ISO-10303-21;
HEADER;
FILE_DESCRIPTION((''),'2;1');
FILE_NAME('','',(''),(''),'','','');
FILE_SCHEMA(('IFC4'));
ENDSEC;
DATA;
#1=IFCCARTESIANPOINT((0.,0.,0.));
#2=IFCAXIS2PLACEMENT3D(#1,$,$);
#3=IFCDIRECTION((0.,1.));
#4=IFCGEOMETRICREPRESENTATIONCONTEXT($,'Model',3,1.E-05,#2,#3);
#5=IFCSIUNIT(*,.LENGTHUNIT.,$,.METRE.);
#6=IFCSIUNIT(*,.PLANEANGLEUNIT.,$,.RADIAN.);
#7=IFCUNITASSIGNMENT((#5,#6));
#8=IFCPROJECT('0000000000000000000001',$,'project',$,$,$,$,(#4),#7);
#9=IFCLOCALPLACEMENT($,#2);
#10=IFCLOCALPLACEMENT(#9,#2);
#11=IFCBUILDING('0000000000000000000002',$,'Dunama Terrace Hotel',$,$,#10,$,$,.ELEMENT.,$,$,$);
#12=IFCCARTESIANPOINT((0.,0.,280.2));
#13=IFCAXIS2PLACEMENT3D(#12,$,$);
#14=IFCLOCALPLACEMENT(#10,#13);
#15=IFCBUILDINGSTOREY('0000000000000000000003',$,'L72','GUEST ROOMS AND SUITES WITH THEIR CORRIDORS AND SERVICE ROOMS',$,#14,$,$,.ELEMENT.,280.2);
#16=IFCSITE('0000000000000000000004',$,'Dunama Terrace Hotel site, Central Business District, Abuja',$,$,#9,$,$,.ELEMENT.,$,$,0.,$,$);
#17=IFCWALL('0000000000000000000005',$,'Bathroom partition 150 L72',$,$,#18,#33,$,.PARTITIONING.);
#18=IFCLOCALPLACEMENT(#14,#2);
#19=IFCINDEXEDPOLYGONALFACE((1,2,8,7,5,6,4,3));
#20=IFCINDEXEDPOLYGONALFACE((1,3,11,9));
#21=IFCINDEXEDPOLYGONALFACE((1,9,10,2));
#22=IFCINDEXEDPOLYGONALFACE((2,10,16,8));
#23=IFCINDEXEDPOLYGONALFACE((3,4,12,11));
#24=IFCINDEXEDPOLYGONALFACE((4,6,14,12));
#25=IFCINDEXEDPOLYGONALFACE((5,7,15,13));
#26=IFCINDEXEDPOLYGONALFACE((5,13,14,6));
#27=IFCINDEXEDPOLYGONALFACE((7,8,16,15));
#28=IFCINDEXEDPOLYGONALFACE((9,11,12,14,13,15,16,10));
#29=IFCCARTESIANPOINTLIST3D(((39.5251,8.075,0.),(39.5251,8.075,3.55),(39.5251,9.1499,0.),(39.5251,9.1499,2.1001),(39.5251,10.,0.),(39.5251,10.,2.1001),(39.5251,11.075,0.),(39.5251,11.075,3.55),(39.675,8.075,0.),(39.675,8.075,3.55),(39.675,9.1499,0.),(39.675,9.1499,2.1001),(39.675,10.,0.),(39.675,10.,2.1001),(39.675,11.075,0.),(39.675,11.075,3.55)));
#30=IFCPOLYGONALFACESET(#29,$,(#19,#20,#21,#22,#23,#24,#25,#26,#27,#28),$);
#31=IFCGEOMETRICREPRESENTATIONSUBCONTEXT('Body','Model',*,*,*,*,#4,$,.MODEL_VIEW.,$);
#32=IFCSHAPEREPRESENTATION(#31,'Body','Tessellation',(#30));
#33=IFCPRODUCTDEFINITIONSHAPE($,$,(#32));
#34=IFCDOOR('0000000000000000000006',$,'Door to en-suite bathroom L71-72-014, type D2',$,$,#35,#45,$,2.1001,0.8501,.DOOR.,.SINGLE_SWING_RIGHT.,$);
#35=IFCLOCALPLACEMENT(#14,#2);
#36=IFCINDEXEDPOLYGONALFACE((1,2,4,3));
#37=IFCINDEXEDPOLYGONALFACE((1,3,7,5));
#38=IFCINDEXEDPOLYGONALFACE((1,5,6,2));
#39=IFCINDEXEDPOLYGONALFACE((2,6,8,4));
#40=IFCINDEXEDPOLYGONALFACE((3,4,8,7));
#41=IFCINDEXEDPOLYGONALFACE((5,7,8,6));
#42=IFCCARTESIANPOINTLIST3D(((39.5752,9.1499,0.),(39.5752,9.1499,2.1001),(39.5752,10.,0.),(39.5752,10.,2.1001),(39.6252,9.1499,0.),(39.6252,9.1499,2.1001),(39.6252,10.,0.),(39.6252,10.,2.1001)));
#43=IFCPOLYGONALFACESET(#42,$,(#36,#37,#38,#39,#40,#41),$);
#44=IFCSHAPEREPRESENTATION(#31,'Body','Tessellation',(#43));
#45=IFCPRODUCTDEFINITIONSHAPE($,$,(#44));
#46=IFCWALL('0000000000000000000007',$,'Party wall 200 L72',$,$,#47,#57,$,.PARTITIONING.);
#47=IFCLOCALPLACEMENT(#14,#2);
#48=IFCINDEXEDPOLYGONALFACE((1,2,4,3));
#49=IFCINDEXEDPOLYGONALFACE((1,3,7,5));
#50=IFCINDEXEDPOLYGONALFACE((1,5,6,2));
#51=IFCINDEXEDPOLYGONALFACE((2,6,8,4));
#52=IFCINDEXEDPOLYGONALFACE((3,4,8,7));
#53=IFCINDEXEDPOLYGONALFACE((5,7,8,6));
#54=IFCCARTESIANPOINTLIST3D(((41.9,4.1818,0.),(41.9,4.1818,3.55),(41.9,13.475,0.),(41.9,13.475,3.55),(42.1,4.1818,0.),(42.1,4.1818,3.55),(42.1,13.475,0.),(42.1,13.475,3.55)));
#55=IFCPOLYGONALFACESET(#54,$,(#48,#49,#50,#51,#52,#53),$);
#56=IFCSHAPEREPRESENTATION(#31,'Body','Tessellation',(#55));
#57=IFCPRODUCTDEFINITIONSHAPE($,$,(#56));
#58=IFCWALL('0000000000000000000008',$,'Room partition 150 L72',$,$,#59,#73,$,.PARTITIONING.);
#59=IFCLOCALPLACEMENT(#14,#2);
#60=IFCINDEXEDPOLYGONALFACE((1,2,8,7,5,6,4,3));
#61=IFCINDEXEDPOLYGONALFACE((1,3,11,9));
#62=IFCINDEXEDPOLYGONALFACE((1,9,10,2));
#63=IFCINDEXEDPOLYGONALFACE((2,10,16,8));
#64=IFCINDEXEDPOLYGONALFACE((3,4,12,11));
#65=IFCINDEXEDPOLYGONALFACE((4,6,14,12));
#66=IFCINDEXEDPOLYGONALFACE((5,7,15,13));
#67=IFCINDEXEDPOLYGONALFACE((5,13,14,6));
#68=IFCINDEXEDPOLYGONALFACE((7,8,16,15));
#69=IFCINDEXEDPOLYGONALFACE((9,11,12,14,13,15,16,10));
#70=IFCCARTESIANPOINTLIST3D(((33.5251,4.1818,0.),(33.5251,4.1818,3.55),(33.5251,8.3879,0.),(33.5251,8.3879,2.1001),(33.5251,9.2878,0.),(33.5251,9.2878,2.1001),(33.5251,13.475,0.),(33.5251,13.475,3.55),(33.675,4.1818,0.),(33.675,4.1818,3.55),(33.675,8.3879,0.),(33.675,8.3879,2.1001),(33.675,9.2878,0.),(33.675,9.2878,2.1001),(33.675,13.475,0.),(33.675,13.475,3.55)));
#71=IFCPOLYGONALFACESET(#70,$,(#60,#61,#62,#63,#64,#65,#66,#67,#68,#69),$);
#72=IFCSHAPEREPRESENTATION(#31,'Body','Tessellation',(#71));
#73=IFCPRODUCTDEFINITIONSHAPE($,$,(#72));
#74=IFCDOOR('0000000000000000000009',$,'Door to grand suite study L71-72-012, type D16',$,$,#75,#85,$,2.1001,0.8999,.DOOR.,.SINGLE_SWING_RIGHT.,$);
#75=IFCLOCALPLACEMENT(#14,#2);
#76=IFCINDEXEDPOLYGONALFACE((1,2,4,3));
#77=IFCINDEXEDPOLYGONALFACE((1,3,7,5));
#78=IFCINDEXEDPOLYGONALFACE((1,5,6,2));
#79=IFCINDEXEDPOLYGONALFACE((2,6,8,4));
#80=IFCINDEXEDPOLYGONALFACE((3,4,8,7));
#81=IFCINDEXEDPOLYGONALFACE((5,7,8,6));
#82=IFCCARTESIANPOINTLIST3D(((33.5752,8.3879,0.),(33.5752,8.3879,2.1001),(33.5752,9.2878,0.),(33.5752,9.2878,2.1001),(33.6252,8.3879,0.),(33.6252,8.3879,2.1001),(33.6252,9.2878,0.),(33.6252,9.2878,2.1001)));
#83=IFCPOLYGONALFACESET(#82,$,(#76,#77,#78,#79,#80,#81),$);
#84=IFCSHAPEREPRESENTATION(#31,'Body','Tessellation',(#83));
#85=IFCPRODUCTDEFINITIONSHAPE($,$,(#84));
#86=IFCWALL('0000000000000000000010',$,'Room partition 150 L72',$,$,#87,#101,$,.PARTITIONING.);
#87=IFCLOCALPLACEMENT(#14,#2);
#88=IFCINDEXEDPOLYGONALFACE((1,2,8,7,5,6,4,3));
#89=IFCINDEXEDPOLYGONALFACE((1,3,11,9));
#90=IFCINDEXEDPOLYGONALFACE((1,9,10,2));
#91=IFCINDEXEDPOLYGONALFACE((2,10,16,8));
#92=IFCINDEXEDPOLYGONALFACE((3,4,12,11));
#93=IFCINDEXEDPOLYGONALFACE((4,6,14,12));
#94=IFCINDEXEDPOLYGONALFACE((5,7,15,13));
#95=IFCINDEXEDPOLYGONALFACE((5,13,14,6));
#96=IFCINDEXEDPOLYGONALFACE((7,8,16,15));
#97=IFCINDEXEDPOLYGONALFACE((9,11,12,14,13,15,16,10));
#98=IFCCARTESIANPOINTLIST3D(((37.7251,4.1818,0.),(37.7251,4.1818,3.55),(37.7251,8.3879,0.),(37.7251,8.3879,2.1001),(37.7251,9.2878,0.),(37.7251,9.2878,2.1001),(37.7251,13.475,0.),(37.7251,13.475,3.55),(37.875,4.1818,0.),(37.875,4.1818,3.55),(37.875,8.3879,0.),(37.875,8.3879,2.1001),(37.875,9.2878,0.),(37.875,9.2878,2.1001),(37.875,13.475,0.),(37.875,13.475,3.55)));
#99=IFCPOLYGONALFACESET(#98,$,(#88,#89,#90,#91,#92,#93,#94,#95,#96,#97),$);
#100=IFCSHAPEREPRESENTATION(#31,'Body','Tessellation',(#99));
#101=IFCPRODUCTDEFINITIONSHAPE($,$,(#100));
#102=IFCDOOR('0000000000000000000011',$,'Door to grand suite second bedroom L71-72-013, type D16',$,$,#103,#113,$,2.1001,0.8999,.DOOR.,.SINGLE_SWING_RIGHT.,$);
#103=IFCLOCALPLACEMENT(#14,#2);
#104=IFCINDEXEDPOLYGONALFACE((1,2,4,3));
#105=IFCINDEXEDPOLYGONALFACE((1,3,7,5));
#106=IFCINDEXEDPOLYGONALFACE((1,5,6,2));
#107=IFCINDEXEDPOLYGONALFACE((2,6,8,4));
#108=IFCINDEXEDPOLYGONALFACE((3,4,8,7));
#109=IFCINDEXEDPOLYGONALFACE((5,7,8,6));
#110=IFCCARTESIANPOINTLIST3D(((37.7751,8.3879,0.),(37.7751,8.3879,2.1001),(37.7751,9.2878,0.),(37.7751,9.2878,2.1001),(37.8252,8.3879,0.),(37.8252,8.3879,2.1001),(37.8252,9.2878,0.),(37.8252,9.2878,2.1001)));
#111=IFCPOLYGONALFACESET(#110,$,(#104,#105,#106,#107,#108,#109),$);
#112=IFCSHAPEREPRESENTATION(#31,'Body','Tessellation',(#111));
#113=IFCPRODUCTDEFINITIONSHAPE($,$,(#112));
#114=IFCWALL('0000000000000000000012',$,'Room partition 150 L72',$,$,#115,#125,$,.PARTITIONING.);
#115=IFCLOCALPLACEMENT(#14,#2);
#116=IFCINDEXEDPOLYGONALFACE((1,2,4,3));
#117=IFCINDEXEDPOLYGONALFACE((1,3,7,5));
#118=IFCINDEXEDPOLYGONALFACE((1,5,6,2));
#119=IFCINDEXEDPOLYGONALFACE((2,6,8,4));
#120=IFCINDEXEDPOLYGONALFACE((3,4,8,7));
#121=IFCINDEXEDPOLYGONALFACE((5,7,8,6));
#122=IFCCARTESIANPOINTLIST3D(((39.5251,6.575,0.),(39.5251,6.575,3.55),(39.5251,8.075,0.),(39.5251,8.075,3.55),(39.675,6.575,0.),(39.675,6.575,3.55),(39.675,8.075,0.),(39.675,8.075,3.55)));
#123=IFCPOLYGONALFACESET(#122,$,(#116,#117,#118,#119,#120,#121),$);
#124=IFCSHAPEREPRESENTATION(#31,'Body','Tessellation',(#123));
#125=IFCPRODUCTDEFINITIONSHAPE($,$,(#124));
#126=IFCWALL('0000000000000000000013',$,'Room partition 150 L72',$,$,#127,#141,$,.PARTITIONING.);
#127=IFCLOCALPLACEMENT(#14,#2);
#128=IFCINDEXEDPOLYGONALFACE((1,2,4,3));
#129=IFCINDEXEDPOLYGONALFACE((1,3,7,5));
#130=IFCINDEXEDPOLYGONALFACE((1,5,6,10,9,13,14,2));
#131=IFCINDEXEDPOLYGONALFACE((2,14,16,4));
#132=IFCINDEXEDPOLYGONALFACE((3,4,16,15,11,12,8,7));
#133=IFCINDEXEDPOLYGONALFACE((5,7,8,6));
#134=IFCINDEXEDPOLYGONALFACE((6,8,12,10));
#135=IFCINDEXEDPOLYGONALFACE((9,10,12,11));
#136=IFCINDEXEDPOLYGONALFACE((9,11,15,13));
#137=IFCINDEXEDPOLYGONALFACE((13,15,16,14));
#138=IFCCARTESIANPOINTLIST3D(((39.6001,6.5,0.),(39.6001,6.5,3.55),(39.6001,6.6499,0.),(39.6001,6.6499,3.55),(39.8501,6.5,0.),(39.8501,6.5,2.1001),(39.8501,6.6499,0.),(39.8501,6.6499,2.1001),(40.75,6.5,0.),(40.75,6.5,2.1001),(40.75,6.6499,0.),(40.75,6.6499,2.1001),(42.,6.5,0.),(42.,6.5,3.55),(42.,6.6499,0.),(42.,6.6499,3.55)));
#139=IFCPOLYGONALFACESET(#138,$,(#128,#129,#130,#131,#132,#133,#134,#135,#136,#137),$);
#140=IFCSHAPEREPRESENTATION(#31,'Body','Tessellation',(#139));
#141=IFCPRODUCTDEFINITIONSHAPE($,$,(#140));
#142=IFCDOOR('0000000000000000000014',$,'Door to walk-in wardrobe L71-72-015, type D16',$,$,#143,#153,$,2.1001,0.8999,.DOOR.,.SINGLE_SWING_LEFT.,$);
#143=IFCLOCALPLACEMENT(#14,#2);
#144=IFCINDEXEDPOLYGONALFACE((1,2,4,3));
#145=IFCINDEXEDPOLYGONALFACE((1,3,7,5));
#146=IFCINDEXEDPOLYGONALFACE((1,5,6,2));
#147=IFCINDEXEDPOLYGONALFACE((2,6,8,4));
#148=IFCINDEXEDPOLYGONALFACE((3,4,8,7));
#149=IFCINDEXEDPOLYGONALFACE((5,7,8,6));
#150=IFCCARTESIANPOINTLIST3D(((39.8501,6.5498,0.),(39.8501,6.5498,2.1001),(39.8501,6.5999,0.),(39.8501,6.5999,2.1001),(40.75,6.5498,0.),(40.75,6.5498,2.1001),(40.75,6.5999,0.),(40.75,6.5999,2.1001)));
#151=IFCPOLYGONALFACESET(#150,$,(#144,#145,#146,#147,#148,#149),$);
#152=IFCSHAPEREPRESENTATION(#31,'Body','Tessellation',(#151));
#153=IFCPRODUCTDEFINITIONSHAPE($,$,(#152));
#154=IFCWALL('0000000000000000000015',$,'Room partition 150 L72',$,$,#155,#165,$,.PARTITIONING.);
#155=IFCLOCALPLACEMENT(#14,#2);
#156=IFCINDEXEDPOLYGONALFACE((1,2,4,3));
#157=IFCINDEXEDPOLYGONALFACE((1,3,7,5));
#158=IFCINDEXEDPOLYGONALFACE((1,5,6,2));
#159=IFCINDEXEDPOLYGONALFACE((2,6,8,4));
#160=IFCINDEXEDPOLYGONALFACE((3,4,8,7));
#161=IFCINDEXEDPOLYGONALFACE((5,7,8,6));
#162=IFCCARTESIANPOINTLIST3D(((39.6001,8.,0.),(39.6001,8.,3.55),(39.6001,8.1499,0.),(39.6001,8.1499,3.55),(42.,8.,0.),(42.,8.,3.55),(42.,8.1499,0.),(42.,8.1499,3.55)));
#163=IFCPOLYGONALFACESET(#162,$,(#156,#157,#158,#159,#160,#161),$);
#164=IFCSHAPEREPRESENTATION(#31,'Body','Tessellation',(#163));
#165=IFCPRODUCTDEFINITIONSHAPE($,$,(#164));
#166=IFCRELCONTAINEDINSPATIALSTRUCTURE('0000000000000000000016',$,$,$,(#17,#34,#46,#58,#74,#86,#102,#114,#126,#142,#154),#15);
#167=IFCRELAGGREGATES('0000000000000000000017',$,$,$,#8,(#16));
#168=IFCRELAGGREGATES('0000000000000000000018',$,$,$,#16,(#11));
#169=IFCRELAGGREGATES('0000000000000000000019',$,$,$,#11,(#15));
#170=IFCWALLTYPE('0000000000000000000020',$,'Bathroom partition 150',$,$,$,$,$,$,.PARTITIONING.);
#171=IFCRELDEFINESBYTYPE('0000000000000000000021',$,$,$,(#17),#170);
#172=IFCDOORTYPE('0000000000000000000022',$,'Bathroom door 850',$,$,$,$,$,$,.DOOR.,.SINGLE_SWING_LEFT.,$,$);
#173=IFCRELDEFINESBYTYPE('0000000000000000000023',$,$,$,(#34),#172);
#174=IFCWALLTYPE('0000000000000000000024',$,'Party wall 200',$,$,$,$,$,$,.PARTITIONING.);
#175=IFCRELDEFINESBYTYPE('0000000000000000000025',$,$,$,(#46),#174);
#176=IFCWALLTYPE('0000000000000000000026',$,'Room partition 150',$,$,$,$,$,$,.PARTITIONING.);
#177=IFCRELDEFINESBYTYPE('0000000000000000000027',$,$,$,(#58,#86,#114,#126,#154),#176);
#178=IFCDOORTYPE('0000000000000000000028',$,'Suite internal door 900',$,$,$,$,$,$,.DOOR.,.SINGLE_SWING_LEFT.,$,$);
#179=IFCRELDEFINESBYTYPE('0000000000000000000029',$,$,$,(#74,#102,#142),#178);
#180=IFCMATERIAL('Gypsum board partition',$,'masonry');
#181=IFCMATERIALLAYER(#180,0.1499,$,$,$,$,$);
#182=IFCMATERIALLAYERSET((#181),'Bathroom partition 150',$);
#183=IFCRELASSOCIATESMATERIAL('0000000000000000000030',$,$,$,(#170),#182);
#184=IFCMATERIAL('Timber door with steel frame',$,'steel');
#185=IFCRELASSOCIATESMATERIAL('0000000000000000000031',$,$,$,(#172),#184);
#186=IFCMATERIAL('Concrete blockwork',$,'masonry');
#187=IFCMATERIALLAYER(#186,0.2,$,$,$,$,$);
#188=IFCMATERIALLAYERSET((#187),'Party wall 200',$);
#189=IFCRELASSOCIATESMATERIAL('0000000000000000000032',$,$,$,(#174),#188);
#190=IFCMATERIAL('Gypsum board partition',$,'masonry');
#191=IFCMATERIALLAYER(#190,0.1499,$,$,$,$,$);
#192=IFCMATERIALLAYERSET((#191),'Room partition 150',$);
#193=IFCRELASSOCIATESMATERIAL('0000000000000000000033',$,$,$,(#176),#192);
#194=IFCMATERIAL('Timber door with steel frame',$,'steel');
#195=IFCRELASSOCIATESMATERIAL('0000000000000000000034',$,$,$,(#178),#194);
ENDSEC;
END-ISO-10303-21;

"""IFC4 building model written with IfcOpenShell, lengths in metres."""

from ifc_helpers import new_model, si_unit, direction, frame, frame_2d, origin, place, context, subcontext, project, spatial, rectangle, extrude, material, layer, layer_set, type_object, element, fill, save


model = new_model("IFC4")

# Units and contexts
model_context = context("Model", 3, precision=1e-05, world=origin(), true_north=direction((0.0, 1.0)))
body_context = subcontext(model_context, "Body", "Model", "MODEL_VIEW")
ifc_project = project(units=[si_unit("LENGTHUNIT", "METRE"), si_unit("PLANEANGLEUNIT", "RADIAN")], contexts=[model_context])

# Site, building, storey
site_placement = place(None, origin())
site = spatial("IfcSite", under=ifc_project, at=site_placement, Name="Dunama Terrace Hotel site, Central Business District, Abuja", CompositionType="ELEMENT", RefElevation=0.0)
building_placement = place(site_placement, origin())
building = spatial("IfcBuilding", under=site, at=building_placement, Name="Dunama Terrace Hotel", CompositionType="ELEMENT")
storey_placement = place(building_placement, frame((0.0, 0.0, 280.2)))
storey = spatial("IfcBuildingStorey", under=building, at=storey_placement, Name="L72", Description="GUEST ROOMS AND SUITES WITH THEIR CORRIDORS AND SERVICE ROOMS", CompositionType="ELEMENT", Elevation=280.2)

# Wall, opening, door
ifc_material_1 = material(Name="Gypsum board partition", Category="masonry")
ifc_layer_1 = layer(ifc_material_1, 0.1499)
ifc_layer_set_1 = layer_set([ifc_layer_1], Name="Bathroom partition 150")
wall_type_1 = type_object("IfcWallType", Name="Bathroom partition 150", PredefinedType="PARTITIONING", material=ifc_layer_set_1)
wall_1_placement = place(storey_placement, frame((39.6001, 8.075, 0.0), z_axis=(0.0, 0.0, 1.0), x_axis=(0.0, 1.0, 0.0)))
wall_1 = element("IfcWall", 1, at=wall_1_placement, inside=storey, type_object=wall_type_1, Name="Bathroom partition 150 L72", PredefinedType="PARTITIONING", context=body_context, shape_type="SweptSolid", body=[
    extrude(rectangle(XDim=3.0, YDim=0.1499, at=frame_2d((1.5, 0.0))), origin(), (0.0, 0.0, 1.0), 3.55),
])
opening_1_placement = place(wall_1_placement, frame((1.075, 0.0, 0.0)))
opening_1 = element("IfcOpeningElement", 2, at=opening_1_placement, cuts=wall_1, PredefinedType="OPENING", context=body_context, shape_type="SweptSolid", body=[
    extrude(rectangle(XDim=0.8501, YDim=2.1001, at=frame_2d((0.425, 1.05))), frame((0.0, 0.085, 0.0), z_axis=(0.0, -1.0, 0.0), x_axis=(1.0, 0.0, 0.0)), (0.0, 0.0, 1.0), 0.1699),
])
ifc_material_2 = material(Name="Timber door with steel frame", Category="steel")
door_type_1 = type_object("IfcDoorType", Name="Bathroom door 850", OperationType="SINGLE_SWING_LEFT", PredefinedType="DOOR", material=ifc_material_2)
door_1_placement = place(opening_1_placement, frame((0.8501, 0.0, 0.0), z_axis=(0.0, 0.0, 1.0), x_axis=(-1.0, 0.0, 0.0)))
door_1 = element("IfcDoor", 3, at=door_1_placement, inside=storey, type_object=door_type_1, Name="Door to en-suite bathroom L71-72-014, type D2", OperationType="SINGLE_SWING_RIGHT", OverallHeight=2.1001, OverallWidth=0.8501, PredefinedType="DOOR", context=body_context, shape_type="SweptSolid", body=[
    extrude(rectangle(XDim=0.8501, YDim=2.1001, at=frame_2d((0.425, 1.05))), frame((0.0, 0.0251, 0.0), z_axis=(0.0, -1.0, 0.0), x_axis=(1.0, 0.0, 0.0)), (0.0, 0.0, 1.0), 0.05),
])
fill(opening_1, door_1)

# Wall
ifc_material_3 = material(Name="Concrete blockwork", Category="masonry")
ifc_layer_2 = layer(ifc_material_3, 0.2)
ifc_layer_set_2 = layer_set([ifc_layer_2], Name="Party wall 200")
wall_type_2 = type_object("IfcWallType", Name="Party wall 200", PredefinedType="PARTITIONING", material=ifc_layer_set_2)
wall_2_placement = place(storey_placement, frame((42.0, 4.1819, 0.0), z_axis=(0.0, 0.0, 1.0), x_axis=(0.0, 1.0, 0.0)))
element("IfcWall", 4, at=wall_2_placement, inside=storey, type_object=wall_type_2, Name="Party wall 200 L72", PredefinedType="PARTITIONING", context=body_context, shape_type="SweptSolid", body=[
    extrude(rectangle(XDim=9.2932, YDim=0.2, at=frame_2d((4.6465, 0.0))), origin(), (0.0, 0.0, 1.0), 3.55),
])

# Walls, openings, doors
ifc_material_4 = material(Name="Gypsum board partition", Category="masonry")
ifc_layer_3 = layer(ifc_material_4, 0.1499)
ifc_layer_set_3 = layer_set([ifc_layer_3], Name="Room partition 150")
wall_type_3 = type_object("IfcWallType", Name="Room partition 150", PredefinedType="PARTITIONING", material=ifc_layer_set_3)
wall_3_placement = place(storey_placement, frame((33.6001, 4.1819, 0.0), z_axis=(0.0, 0.0, 1.0), x_axis=(0.0, 1.0, 0.0)))
wall_3 = element("IfcWall", 5, at=wall_3_placement, inside=storey, type_object=wall_type_3, Name="Room partition 150 L72", PredefinedType="PARTITIONING", context=body_context, shape_type="SweptSolid", body=[
    extrude(rectangle(XDim=9.2932, YDim=0.1499, at=frame_2d((4.6465, 0.0))), origin(), (0.0, 0.0, 1.0), 3.55),
])
opening_2_placement = place(wall_3_placement, frame((4.2061, 0.0, 0.0)))
opening_2 = element("IfcOpeningElement", 6, at=opening_2_placement, cuts=wall_3, PredefinedType="OPENING", context=body_context, shape_type="SweptSolid", body=[
    extrude(rectangle(XDim=0.8999, YDim=2.1001, at=frame_2d((0.45, 1.05))), frame((0.0, 0.085, 0.0), z_axis=(0.0, -1.0, 0.0), x_axis=(1.0, 0.0, 0.0)), (0.0, 0.0, 1.0), 0.1699),
])
ifc_material_5 = material(Name="Timber door with steel frame", Category="steel")
door_type_2 = type_object("IfcDoorType", Name="Suite internal door 900", OperationType="SINGLE_SWING_LEFT", PredefinedType="DOOR", material=ifc_material_5)
door_2_placement = place(opening_2_placement, origin())
door_2 = element("IfcDoor", 7, at=door_2_placement, inside=storey, type_object=door_type_2, Name="Door to grand suite study L71-72-012, type D16", OperationType="SINGLE_SWING_RIGHT", OverallHeight=2.1001, OverallWidth=0.8999, PredefinedType="DOOR", context=body_context, shape_type="SweptSolid", body=[
    extrude(rectangle(XDim=0.8999, YDim=2.1001, at=frame_2d((0.45, 1.05))), frame((0.0, 0.0249, 0.0), z_axis=(0.0, -1.0, 0.0), x_axis=(1.0, 0.0, 0.0)), (0.0, 0.0, 1.0), 0.05),
])
fill(opening_2, door_2)
wall_4_placement = place(storey_placement, frame((37.8, 4.1819, 0.0), z_axis=(0.0, 0.0, 1.0), x_axis=(0.0, 1.0, 0.0)))
wall_4 = element("IfcWall", 8, at=wall_4_placement, inside=storey, type_object=wall_type_3, Name="Room partition 150 L72", PredefinedType="PARTITIONING", context=body_context, shape_type="SweptSolid", body=[
    extrude(rectangle(XDim=9.2932, YDim=0.1499, at=frame_2d((4.6465, 0.0))), origin(), (0.0, 0.0, 1.0), 3.55),
])
opening_3_placement = place(wall_4_placement, frame((4.2061, 0.0, 0.0)))
opening_3 = element("IfcOpeningElement", 9, at=opening_3_placement, cuts=wall_4, PredefinedType="OPENING", context=body_context, shape_type="SweptSolid", body=[
    extrude(rectangle(XDim=0.8999, YDim=2.1001, at=frame_2d((0.45, 1.05))), frame((0.0, 0.085, 0.0), z_axis=(0.0, -1.0, 0.0), x_axis=(1.0, 0.0, 0.0)), (0.0, 0.0, 1.0), 0.1699),
])
door_3_placement = place(opening_3_placement, frame((0.8999, 0.0, 0.0), z_axis=(0.0, 0.0, 1.0), x_axis=(-1.0, 0.0, 0.0)))
door_3 = element("IfcDoor", 10, at=door_3_placement, inside=storey, type_object=door_type_2, Name="Door to grand suite second bedroom L71-72-013, type D16", OperationType="SINGLE_SWING_RIGHT", OverallHeight=2.1001, OverallWidth=0.8999, PredefinedType="DOOR", context=body_context, shape_type="SweptSolid", body=[
    extrude(rectangle(XDim=0.8999, YDim=2.1001, at=frame_2d((0.45, 1.05))), frame((0.0, 0.0251, 0.0), z_axis=(0.0, -1.0, 0.0), x_axis=(1.0, 0.0, 0.0)), (0.0, 0.0, 1.0), 0.05),
])
fill(opening_3, door_3)

# Wall
wall_5_placement = place(storey_placement, frame((39.6001, 6.575, 0.0), z_axis=(0.0, 0.0, 1.0), x_axis=(0.0, 1.0, 0.0)))
element("IfcWall", 11, at=wall_5_placement, inside=storey, type_object=wall_type_3, Name="Room partition 150 L72", PredefinedType="PARTITIONING", context=body_context, shape_type="SweptSolid", body=[
    extrude(rectangle(XDim=1.5, YDim=0.1499, at=frame_2d((0.75, 0.0))), origin(), (0.0, 0.0, 1.0), 3.55),
])

# Wall, opening, door
wall_6_placement = place(storey_placement, frame((39.6001, 6.575, 0.0), z_axis=(0.0, 0.0, 1.0), x_axis=(1.0, 0.0, 0.0)))
wall_6 = element("IfcWall", 12, at=wall_6_placement, inside=storey, type_object=wall_type_3, Name="Room partition 150 L72", PredefinedType="PARTITIONING", context=body_context, shape_type="SweptSolid", body=[
    extrude(rectangle(XDim=2.3999, YDim=0.1499, at=frame_2d((1.2, 0.0))), origin(), (0.0, 0.0, 1.0), 3.55),
])
opening_4_placement = place(wall_6_placement, frame((0.25, 0.0, 0.0)))
opening_4 = element("IfcOpeningElement", 13, at=opening_4_placement, cuts=wall_6, PredefinedType="OPENING", context=body_context, shape_type="SweptSolid", body=[
    extrude(rectangle(XDim=0.8999, YDim=2.1001, at=frame_2d((0.45, 1.05))), frame((0.0, 0.085, 0.0), z_axis=(0.0, -1.0, 0.0), x_axis=(1.0, 0.0, 0.0)), (0.0, 0.0, 1.0), 0.1699),
])
door_4_placement = place(opening_4_placement, origin())
door_4 = element("IfcDoor", 14, at=door_4_placement, inside=storey, type_object=door_type_2, Name="Door to walk-in wardrobe L71-72-015, type D16", OperationType="SINGLE_SWING_LEFT", OverallHeight=2.1001, OverallWidth=0.8999, PredefinedType="DOOR", context=body_context, shape_type="SweptSolid", body=[
    extrude(rectangle(XDim=0.8999, YDim=2.1001, at=frame_2d((0.45, 1.05))), frame((0.0, 0.0249, 0.0), z_axis=(0.0, -1.0, 0.0), x_axis=(1.0, 0.0, 0.0)), (0.0, 0.0, 1.0), 0.05),
])
fill(opening_4, door_4)

# Wall
wall_7_placement = place(storey_placement, frame((39.6001, 8.075, 0.0), z_axis=(0.0, 0.0, 1.0), x_axis=(1.0, 0.0, 0.0)))
element("IfcWall", 15, at=wall_7_placement, inside=storey, type_object=wall_type_3, Name="Room partition 150 L72", PredefinedType="PARTITIONING", context=body_context, shape_type="SweptSolid", body=[
    extrude(rectangle(XDim=2.3999, YDim=0.1499, at=frame_2d((1.2, 0.0))), origin(), (0.0, 0.0, 1.0), 3.55),
])

save(model, "model.ifc")
